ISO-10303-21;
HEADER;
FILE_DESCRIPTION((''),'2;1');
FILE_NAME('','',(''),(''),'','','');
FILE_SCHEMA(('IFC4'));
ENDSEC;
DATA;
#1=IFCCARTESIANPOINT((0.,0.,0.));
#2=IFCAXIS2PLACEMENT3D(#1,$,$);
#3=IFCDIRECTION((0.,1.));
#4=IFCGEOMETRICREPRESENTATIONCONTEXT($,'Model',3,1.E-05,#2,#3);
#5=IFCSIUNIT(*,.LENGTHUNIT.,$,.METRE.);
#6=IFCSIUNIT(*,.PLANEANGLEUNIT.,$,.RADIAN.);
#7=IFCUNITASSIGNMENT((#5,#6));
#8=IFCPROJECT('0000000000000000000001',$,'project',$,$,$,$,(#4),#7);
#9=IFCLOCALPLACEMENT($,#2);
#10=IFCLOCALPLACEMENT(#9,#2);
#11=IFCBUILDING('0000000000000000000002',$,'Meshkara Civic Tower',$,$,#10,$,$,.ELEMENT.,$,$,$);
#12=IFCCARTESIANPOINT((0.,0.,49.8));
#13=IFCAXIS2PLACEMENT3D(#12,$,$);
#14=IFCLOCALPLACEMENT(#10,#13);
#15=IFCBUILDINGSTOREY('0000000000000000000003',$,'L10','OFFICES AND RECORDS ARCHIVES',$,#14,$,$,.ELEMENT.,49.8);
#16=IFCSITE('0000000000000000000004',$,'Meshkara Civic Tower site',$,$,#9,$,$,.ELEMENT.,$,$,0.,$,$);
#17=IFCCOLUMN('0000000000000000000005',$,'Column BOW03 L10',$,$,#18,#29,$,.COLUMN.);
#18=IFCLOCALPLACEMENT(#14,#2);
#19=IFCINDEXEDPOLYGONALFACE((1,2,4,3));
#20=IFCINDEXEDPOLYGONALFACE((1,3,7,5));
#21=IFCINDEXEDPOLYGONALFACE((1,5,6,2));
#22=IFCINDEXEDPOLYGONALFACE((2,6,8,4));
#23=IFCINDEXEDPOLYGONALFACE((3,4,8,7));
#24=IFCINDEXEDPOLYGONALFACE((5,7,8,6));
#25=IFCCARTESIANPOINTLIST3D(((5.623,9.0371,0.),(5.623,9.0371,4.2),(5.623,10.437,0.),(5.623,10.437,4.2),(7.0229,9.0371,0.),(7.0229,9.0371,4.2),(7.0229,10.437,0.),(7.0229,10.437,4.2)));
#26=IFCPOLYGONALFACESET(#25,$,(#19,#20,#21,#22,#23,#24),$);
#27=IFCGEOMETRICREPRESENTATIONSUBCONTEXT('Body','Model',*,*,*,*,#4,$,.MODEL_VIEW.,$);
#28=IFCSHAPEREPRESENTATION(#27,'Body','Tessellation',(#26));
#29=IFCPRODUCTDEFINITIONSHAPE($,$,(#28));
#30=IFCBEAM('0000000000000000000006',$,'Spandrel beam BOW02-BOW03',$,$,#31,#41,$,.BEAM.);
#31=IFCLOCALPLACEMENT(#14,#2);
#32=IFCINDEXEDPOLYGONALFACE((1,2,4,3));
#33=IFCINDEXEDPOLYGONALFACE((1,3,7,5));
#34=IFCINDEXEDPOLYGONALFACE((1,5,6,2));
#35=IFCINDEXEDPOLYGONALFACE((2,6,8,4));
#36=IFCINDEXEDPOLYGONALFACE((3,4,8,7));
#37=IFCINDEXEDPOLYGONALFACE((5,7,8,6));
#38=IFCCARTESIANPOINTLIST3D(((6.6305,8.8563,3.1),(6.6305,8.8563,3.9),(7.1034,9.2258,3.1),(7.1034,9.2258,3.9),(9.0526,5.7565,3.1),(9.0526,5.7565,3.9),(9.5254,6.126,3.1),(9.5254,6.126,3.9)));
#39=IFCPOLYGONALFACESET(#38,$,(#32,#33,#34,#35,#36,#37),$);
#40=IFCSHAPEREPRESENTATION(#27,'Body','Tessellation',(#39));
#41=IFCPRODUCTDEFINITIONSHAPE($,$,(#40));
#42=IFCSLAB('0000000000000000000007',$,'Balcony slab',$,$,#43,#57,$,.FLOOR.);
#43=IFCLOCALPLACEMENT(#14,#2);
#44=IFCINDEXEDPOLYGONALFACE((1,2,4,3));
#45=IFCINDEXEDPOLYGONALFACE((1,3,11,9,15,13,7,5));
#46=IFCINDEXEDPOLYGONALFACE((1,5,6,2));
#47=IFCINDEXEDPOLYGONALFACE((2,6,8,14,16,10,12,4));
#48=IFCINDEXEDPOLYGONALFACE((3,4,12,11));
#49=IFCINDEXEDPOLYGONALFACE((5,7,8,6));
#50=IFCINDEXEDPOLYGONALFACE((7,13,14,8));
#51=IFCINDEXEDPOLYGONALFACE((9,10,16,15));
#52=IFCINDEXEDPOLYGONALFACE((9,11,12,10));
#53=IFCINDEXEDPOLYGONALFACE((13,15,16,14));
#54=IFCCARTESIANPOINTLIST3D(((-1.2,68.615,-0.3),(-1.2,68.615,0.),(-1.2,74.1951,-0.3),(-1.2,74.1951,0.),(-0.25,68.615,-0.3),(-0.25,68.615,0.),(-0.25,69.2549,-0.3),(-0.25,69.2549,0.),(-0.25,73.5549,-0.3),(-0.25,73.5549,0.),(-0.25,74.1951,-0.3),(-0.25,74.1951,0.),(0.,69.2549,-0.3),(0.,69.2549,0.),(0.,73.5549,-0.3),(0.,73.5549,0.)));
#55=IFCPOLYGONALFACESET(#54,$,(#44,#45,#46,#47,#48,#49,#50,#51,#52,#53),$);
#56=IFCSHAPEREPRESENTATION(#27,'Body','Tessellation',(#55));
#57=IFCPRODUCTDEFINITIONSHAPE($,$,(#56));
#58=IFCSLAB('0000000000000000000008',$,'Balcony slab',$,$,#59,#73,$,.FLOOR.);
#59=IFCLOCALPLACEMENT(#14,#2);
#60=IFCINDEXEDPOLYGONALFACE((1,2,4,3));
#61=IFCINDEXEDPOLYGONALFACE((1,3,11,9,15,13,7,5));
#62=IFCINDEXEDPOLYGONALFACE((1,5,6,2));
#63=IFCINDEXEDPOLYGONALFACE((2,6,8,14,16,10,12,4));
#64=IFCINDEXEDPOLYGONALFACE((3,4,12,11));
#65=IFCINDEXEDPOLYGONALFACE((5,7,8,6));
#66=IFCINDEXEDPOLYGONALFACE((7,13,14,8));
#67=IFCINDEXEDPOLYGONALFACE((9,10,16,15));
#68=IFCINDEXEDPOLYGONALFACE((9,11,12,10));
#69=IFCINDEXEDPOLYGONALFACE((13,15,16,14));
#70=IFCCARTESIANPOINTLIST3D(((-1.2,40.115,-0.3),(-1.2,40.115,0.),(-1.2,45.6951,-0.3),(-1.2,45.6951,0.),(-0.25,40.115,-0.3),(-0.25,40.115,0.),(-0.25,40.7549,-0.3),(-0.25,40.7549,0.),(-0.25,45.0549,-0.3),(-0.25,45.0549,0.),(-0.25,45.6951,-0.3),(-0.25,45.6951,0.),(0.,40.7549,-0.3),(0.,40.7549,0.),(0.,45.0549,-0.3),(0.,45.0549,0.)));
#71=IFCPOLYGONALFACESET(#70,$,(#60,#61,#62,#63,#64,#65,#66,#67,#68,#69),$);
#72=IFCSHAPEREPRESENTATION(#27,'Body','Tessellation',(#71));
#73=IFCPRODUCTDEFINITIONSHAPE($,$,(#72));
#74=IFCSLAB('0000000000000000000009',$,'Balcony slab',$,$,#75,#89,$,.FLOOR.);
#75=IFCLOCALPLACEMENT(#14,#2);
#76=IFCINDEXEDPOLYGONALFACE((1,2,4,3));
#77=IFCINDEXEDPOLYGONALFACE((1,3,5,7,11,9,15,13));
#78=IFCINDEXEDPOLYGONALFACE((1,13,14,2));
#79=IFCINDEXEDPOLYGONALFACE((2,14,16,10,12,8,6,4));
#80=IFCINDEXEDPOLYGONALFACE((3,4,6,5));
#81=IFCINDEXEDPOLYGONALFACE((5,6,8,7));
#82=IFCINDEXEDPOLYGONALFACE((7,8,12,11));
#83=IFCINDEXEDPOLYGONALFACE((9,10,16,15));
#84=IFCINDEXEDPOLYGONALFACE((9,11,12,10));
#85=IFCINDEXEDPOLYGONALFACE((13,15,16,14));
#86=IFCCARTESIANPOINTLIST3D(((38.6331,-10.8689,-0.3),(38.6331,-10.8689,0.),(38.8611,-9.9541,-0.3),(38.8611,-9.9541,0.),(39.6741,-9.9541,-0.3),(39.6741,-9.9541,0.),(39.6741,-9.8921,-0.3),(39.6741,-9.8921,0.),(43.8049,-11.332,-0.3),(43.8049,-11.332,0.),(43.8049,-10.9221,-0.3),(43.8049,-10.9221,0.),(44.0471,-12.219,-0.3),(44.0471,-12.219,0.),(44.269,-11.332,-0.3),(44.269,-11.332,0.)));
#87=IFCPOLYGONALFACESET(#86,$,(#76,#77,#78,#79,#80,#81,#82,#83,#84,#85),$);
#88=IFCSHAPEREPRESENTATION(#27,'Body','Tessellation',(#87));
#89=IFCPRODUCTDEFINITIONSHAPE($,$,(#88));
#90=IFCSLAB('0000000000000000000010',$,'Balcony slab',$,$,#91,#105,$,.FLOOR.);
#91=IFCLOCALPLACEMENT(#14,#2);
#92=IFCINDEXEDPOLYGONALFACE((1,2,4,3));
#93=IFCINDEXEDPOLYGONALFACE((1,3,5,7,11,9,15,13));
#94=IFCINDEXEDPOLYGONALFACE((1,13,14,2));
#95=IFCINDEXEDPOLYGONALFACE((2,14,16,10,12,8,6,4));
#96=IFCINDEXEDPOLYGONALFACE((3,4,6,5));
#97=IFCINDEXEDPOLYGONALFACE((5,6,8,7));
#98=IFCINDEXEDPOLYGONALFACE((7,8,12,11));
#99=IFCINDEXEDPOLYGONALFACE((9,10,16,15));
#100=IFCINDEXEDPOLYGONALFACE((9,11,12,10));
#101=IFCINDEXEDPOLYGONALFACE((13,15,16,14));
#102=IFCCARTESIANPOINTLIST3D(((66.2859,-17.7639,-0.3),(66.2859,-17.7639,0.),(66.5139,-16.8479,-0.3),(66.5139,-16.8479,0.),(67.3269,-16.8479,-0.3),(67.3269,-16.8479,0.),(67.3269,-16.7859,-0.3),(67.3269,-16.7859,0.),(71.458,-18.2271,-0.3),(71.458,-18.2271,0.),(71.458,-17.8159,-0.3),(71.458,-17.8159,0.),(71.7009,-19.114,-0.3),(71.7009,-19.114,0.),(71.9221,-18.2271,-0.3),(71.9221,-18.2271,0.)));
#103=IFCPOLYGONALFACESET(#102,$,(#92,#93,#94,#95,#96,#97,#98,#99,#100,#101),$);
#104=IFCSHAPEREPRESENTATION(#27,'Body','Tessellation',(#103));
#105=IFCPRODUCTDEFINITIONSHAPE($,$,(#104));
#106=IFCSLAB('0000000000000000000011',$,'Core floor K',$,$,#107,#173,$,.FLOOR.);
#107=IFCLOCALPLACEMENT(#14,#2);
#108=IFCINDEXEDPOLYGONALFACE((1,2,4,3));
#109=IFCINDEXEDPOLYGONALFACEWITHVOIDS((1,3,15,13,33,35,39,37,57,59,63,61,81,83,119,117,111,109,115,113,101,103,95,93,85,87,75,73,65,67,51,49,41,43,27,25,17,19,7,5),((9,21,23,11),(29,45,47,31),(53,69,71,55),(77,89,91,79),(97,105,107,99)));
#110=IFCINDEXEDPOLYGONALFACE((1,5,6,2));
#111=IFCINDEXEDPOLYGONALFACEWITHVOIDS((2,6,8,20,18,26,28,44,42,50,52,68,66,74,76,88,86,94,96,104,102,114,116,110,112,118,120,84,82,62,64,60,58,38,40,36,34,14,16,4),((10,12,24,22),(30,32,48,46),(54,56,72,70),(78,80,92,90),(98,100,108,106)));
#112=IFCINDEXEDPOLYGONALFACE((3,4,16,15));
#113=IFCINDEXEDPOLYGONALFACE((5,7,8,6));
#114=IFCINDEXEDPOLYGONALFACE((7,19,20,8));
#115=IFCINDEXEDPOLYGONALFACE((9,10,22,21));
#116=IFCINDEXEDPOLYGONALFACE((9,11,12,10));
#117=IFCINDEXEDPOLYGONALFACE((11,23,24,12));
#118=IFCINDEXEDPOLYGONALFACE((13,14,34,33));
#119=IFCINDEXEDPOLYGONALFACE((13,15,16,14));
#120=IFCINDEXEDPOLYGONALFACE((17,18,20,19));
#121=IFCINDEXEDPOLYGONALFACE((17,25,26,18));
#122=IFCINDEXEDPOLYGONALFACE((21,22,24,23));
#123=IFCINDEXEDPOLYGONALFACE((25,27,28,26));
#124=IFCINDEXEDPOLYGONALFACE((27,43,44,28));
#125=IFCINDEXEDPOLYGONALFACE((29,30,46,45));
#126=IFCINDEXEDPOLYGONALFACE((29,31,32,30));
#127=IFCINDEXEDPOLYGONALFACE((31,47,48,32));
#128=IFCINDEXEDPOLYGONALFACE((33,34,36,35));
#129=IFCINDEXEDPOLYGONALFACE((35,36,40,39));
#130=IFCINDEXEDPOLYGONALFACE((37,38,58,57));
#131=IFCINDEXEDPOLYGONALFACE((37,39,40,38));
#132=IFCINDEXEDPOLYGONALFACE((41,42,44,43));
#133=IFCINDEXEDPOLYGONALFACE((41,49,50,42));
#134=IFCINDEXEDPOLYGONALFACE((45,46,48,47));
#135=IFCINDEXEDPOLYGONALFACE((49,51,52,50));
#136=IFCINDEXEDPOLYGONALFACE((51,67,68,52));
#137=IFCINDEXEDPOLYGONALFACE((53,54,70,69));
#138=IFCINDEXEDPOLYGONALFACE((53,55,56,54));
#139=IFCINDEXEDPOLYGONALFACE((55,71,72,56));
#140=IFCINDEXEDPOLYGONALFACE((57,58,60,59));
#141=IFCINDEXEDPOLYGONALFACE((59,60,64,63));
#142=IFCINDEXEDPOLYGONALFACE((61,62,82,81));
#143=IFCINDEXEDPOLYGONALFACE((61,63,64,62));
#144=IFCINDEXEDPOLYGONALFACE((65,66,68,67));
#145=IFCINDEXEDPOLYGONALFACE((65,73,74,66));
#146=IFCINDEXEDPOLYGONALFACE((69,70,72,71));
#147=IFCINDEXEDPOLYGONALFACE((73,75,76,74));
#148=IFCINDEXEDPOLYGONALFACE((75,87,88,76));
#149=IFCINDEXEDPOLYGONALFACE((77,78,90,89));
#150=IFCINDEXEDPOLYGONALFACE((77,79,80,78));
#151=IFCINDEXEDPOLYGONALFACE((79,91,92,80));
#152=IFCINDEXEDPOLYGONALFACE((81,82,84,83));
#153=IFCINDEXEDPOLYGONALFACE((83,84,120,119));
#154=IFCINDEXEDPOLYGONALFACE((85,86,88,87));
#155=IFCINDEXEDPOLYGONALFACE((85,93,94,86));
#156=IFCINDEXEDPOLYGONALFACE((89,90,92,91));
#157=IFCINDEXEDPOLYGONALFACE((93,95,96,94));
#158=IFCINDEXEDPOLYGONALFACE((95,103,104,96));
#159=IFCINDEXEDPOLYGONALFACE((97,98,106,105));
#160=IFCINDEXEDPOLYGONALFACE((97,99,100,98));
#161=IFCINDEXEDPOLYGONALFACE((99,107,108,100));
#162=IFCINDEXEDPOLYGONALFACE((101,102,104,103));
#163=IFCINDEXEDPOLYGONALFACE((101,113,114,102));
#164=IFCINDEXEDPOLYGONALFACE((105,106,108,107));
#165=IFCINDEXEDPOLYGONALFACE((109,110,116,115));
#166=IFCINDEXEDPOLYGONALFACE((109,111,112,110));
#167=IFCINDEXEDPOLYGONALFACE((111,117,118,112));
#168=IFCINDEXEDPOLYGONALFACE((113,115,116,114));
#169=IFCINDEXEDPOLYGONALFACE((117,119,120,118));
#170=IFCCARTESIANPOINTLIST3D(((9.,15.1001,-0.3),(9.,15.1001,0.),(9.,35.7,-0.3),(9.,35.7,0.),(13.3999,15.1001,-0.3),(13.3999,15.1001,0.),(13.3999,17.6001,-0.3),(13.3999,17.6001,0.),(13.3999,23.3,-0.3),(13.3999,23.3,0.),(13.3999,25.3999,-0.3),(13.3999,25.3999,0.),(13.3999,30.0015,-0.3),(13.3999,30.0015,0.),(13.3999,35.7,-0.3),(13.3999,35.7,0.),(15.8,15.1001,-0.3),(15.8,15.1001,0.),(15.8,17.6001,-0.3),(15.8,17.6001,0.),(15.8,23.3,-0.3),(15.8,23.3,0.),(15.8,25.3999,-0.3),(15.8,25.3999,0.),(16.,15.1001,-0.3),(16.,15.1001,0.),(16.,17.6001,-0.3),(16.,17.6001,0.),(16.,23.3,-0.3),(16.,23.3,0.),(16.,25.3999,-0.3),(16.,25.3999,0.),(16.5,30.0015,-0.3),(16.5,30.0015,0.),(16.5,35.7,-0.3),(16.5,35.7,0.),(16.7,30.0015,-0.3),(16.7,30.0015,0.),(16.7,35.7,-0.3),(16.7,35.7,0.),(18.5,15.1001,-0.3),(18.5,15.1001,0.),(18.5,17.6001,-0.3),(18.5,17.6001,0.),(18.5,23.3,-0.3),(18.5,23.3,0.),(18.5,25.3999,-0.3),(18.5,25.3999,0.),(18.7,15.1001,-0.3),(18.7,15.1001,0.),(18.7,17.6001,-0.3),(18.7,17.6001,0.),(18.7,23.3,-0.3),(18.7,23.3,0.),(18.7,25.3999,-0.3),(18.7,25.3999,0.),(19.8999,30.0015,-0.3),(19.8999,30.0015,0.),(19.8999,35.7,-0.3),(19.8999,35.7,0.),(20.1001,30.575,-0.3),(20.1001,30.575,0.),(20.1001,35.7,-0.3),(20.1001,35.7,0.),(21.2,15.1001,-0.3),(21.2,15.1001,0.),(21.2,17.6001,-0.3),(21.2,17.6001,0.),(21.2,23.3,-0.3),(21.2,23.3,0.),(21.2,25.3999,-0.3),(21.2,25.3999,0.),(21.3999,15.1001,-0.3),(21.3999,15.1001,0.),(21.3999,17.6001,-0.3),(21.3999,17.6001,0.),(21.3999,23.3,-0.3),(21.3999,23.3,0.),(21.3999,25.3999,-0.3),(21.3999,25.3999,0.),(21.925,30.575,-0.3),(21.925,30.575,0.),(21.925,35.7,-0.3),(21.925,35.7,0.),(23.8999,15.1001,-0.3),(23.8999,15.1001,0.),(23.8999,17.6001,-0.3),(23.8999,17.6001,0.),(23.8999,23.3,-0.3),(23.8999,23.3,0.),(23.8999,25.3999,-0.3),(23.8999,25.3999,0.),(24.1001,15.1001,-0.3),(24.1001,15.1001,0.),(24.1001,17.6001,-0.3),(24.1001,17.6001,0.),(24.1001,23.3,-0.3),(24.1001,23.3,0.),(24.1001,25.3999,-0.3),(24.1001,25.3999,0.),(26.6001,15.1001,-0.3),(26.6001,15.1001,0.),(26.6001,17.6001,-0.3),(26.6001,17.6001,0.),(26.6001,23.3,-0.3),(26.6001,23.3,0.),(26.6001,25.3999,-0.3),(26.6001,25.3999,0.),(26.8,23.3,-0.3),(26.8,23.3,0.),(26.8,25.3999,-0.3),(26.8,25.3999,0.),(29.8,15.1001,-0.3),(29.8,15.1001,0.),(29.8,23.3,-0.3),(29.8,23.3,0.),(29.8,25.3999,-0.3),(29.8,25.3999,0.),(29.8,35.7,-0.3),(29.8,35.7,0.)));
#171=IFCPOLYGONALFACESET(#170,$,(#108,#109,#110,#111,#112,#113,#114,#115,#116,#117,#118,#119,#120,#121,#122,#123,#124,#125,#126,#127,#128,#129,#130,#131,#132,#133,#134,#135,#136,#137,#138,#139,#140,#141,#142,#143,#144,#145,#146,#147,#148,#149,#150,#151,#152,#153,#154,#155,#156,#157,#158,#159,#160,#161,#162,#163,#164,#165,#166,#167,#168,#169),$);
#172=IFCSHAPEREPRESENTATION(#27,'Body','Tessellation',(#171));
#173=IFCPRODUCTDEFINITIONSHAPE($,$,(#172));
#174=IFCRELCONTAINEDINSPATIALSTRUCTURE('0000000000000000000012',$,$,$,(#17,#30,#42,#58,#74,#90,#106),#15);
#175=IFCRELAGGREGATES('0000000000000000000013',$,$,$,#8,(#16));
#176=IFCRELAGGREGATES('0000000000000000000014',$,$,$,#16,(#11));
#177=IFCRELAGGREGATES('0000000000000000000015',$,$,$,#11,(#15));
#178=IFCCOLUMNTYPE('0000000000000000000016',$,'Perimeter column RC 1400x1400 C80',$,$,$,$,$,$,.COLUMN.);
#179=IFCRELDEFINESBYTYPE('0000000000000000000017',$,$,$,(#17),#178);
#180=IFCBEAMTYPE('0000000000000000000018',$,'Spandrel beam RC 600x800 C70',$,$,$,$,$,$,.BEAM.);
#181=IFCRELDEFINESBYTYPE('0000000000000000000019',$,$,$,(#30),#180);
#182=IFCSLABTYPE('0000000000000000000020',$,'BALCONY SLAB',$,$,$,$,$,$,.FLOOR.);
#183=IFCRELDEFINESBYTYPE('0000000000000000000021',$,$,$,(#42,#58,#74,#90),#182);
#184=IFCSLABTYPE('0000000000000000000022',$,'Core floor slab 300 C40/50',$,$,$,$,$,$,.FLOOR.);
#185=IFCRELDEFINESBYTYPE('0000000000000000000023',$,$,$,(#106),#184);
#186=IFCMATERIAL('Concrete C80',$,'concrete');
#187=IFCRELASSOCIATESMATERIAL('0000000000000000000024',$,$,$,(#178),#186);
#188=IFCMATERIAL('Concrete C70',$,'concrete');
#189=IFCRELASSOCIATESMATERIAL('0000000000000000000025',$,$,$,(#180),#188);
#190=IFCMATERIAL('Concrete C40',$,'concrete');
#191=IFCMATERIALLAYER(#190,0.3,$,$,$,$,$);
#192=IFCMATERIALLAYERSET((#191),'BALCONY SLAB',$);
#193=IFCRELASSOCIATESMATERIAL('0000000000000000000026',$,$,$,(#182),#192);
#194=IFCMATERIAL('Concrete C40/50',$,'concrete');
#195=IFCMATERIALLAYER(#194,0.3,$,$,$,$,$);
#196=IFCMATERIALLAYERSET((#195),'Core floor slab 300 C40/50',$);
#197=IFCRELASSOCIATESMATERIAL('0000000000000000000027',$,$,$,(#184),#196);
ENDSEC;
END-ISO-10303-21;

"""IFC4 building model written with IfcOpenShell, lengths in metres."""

from ifc_helpers import new_model, si_unit, direction, frame, origin, origin_2d, place, context, subcontext, project, spatial, polyline, rectangle, outline, extrude, material, layer, layer_set, material_profile, profile_set, type_object, element, save


model = new_model("IFC4")

# Units and contexts
model_context = context("Model", 3, precision=1e-05, world=origin(), true_north=direction((0.0, 1.0)))
body_context = subcontext(model_context, "Body", "Model", "MODEL_VIEW")
ifc_project = project(units=[si_unit("LENGTHUNIT", "METRE"), si_unit("PLANEANGLEUNIT", "RADIAN")], contexts=[model_context])

# Site, building, storey
site_placement = place(None, origin())
site = spatial("IfcSite", under=ifc_project, at=site_placement, Name="Meshkara Civic Tower site", CompositionType="ELEMENT", RefElevation=0.0)
building_placement = place(site_placement, origin())
building = spatial("IfcBuilding", under=site, at=building_placement, Name="Meshkara Civic Tower", CompositionType="ELEMENT")
storey_placement = place(building_placement, frame((0.0, 0.0, 49.8)))
storey = spatial("IfcBuildingStorey", under=building, at=storey_placement, Name="L10", Description="OFFICES AND RECORDS ARCHIVES", CompositionType="ELEMENT", Elevation=49.8)

# Column
ifc_material_1 = material(Name="Concrete C80", Category="concrete")
ifc_material_profile_1 = material_profile(ifc_material_1, rectangle(XDim=1.3999, YDim=1.3999, at=origin_2d()))
ifc_profile_set_1 = profile_set([ifc_material_profile_1], Name="Concrete C80")
column_type = type_object("IfcColumnType", Name="Perimeter column RC 1400x1400 C80", PredefinedType="COLUMN", material=ifc_profile_set_1)
column_placement = place(storey_placement, frame((6.323, 9.7371, 0.0), z_axis=(0.0, 0.0, 1.0), x_axis=(1.0, 0.0, 0.0)))
element("IfcColumn", 1, at=column_placement, inside=storey, type_object=column_type, Name="Column BOW03 L10", PredefinedType="COLUMN", context=body_context, shape_type="SweptSolid", body=[
    extrude(rectangle(XDim=1.3999, YDim=1.3999, at=origin_2d()), origin(), (0.0, 0.0, 1.0), 4.2),
])

# Beam
ifc_material_2 = material(Name="Concrete C70", Category="concrete")
ifc_material_profile_2 = material_profile(ifc_material_2, rectangle(XDim=0.6001, YDim=0.8, at=origin_2d()))
ifc_profile_set_2 = profile_set([ifc_material_profile_2], Name="Concrete C70")
beam_type = type_object("IfcBeamType", Name="Spandrel beam RC 600x800 C70", PredefinedType="BEAM", material=ifc_profile_set_2)
beam_placement = place(storey_placement, frame((6.8669, 9.041, 3.5), z_axis=(0.615701, -0.78798, 0.0), x_axis=(0.78798, 0.615701, 0.0)))
element("IfcBeam", 2, at=beam_placement, inside=storey, type_object=beam_type, Name="Spandrel beam BOW02-BOW03", PredefinedType="BEAM", context=body_context, shape_type="SweptSolid", body=[
    extrude(rectangle(XDim=0.6001, YDim=0.8, at=origin_2d()), origin(), (0.0, 0.0, 1.0), 3.9338),
])

# Slabs
ifc_material_3 = material(Name="Concrete C40", Category="concrete")
ifc_layer_1 = layer(ifc_material_3, 0.3)
ifc_layer_set_1 = layer_set([ifc_layer_1], Name="BALCONY SLAB")
slab_type_1 = type_object("IfcSlabType", Name="BALCONY SLAB", PredefinedType="FLOOR", material=ifc_layer_set_1)
slab_1_placement = place(storey_placement, frame((0.0, 0.0, -0.3)))
element("IfcSlab", 3, at=slab_1_placement, inside=storey, type_object=slab_type_1, Name="Balcony slab", PredefinedType="FLOOR", context=body_context, shape_type="SweptSolid", body=[
    extrude(outline(polyline([(-1.2, 68.615), (-1.2, 74.1951), (-0.25, 74.1951), (-0.25, 73.5549), (0.0, 73.5549), (0.0, 69.2549), (-0.25, 69.2549), (-0.25, 68.615), (-1.2, 68.615)])), origin(), (0.0, 0.0, 1.0), 0.3),
])
slab_2_placement = place(storey_placement, frame((0.0, 0.0, -0.3)))
element("IfcSlab", 4, at=slab_2_placement, inside=storey, type_object=slab_type_1, Name="Balcony slab", PredefinedType="FLOOR", context=body_context, shape_type="SweptSolid", body=[
    extrude(outline(polyline([(-1.2, 40.115), (-1.2, 45.6951), (-0.25, 45.6951), (-0.25, 45.0549), (0.0, 45.0549), (0.0, 40.7549), (-0.25, 40.7549), (-0.25, 40.115), (-1.2, 40.115)])), origin(), (0.0, 0.0, 1.0), 0.3),
])
slab_3_placement = place(storey_placement, frame((0.0, 0.0, -0.3)))
element("IfcSlab", 5, at=slab_3_placement, inside=storey, type_object=slab_type_1, Name="Balcony slab", PredefinedType="FLOOR", context=body_context, shape_type="SweptSolid", body=[
    extrude(outline(polyline([(44.0471, -12.219), (38.6331, -10.8689), (38.8611, -9.9541), (39.6741, -9.9541), (39.6741, -9.8921), (43.8049, -10.9221), (43.8049, -11.332), (44.269, -11.332), (44.0471, -12.219)])), origin(), (0.0, 0.0, 1.0), 0.3),
])
slab_4_placement = place(storey_placement, frame((0.0, 0.0, -0.3)))
element("IfcSlab", 6, at=slab_4_placement, inside=storey, type_object=slab_type_1, Name="Balcony slab", PredefinedType="FLOOR", context=body_context, shape_type="SweptSolid", body=[
    extrude(outline(polyline([(71.7009, -19.114), (66.2859, -17.7639), (66.5139, -16.8479), (67.3269, -16.8479), (67.3269, -16.7859), (71.458, -17.8159), (71.458, -18.2271), (71.9221, -18.2271), (71.7009, -19.114)])), origin(), (0.0, 0.0, 1.0), 0.3),
])
ifc_material_4 = material(Name="Concrete C40/50", Category="concrete")
ifc_layer_2 = layer(ifc_material_4, 0.3)
ifc_layer_set_2 = layer_set([ifc_layer_2], Name="Core floor slab 300 C40/50")
slab_type_2 = type_object("IfcSlabType", Name="Core floor slab 300 C40/50", PredefinedType="FLOOR", material=ifc_layer_set_2)
slab_5_placement = place(storey_placement, frame((0.0, 0.0, -0.3)))
element("IfcSlab", 7, at=slab_5_placement, inside=storey, type_object=slab_type_2, Name="Core floor K", PredefinedType="FLOOR", context=body_context, shape_type="SweptSolid", body=[
    extrude(outline(polyline([(9.0, 35.7), (13.3999, 35.7), (13.3999, 30.0015), (16.5, 30.0015), (16.5, 35.7), (16.7, 35.7), (16.7, 30.0015), (19.8999, 30.0015), (19.8999, 35.7), (20.1001, 35.7), (20.1001, 30.575), (21.925, 30.575), (21.925, 35.7), (29.8, 35.7), (29.8, 25.3999), (26.8, 25.3999), (26.8, 23.3), (29.8, 23.3), (29.8, 15.1001), (26.6001, 15.1001), (26.6001, 17.6001), (24.1001, 17.6001), (24.1001, 15.1001), (23.8999, 15.1001), (23.8999, 17.6001), (21.3999, 17.6001), (21.3999, 15.1001), (21.2, 15.1001), (21.2, 17.6001), (18.7, 17.6001), (18.7, 15.1001), (18.5, 15.1001), (18.5, 17.6001), (16.0, 17.6001), (16.0, 15.1001), (15.8, 15.1001), (15.8, 17.6001), (13.3999, 17.6001), (13.3999, 15.1001), (9.0, 15.1001), (9.0, 35.7)]), holes=[polyline([(13.3999, 25.3999), (13.3999, 23.3), (15.8, 23.3), (15.8, 25.3999), (13.3999, 25.3999)]), polyline([(18.5, 23.3), (18.5, 25.3999), (16.0, 25.3999), (16.0, 23.3), (18.5, 23.3)]), polyline([(18.7, 25.3999), (18.7, 23.3), (21.2, 23.3), (21.2, 25.3999), (18.7, 25.3999)]), polyline([(23.8999, 23.3), (23.8999, 25.3999), (21.3999, 25.3999), (21.3999, 23.3), (23.8999, 23.3)]), polyline([(26.6001, 23.3), (26.6001, 25.3999), (24.1001, 25.3999), (24.1001, 23.3), (26.6001, 23.3)])]), origin(), (0.0, 0.0, 1.0), 0.3),
])

save(model, "model.ifc")
